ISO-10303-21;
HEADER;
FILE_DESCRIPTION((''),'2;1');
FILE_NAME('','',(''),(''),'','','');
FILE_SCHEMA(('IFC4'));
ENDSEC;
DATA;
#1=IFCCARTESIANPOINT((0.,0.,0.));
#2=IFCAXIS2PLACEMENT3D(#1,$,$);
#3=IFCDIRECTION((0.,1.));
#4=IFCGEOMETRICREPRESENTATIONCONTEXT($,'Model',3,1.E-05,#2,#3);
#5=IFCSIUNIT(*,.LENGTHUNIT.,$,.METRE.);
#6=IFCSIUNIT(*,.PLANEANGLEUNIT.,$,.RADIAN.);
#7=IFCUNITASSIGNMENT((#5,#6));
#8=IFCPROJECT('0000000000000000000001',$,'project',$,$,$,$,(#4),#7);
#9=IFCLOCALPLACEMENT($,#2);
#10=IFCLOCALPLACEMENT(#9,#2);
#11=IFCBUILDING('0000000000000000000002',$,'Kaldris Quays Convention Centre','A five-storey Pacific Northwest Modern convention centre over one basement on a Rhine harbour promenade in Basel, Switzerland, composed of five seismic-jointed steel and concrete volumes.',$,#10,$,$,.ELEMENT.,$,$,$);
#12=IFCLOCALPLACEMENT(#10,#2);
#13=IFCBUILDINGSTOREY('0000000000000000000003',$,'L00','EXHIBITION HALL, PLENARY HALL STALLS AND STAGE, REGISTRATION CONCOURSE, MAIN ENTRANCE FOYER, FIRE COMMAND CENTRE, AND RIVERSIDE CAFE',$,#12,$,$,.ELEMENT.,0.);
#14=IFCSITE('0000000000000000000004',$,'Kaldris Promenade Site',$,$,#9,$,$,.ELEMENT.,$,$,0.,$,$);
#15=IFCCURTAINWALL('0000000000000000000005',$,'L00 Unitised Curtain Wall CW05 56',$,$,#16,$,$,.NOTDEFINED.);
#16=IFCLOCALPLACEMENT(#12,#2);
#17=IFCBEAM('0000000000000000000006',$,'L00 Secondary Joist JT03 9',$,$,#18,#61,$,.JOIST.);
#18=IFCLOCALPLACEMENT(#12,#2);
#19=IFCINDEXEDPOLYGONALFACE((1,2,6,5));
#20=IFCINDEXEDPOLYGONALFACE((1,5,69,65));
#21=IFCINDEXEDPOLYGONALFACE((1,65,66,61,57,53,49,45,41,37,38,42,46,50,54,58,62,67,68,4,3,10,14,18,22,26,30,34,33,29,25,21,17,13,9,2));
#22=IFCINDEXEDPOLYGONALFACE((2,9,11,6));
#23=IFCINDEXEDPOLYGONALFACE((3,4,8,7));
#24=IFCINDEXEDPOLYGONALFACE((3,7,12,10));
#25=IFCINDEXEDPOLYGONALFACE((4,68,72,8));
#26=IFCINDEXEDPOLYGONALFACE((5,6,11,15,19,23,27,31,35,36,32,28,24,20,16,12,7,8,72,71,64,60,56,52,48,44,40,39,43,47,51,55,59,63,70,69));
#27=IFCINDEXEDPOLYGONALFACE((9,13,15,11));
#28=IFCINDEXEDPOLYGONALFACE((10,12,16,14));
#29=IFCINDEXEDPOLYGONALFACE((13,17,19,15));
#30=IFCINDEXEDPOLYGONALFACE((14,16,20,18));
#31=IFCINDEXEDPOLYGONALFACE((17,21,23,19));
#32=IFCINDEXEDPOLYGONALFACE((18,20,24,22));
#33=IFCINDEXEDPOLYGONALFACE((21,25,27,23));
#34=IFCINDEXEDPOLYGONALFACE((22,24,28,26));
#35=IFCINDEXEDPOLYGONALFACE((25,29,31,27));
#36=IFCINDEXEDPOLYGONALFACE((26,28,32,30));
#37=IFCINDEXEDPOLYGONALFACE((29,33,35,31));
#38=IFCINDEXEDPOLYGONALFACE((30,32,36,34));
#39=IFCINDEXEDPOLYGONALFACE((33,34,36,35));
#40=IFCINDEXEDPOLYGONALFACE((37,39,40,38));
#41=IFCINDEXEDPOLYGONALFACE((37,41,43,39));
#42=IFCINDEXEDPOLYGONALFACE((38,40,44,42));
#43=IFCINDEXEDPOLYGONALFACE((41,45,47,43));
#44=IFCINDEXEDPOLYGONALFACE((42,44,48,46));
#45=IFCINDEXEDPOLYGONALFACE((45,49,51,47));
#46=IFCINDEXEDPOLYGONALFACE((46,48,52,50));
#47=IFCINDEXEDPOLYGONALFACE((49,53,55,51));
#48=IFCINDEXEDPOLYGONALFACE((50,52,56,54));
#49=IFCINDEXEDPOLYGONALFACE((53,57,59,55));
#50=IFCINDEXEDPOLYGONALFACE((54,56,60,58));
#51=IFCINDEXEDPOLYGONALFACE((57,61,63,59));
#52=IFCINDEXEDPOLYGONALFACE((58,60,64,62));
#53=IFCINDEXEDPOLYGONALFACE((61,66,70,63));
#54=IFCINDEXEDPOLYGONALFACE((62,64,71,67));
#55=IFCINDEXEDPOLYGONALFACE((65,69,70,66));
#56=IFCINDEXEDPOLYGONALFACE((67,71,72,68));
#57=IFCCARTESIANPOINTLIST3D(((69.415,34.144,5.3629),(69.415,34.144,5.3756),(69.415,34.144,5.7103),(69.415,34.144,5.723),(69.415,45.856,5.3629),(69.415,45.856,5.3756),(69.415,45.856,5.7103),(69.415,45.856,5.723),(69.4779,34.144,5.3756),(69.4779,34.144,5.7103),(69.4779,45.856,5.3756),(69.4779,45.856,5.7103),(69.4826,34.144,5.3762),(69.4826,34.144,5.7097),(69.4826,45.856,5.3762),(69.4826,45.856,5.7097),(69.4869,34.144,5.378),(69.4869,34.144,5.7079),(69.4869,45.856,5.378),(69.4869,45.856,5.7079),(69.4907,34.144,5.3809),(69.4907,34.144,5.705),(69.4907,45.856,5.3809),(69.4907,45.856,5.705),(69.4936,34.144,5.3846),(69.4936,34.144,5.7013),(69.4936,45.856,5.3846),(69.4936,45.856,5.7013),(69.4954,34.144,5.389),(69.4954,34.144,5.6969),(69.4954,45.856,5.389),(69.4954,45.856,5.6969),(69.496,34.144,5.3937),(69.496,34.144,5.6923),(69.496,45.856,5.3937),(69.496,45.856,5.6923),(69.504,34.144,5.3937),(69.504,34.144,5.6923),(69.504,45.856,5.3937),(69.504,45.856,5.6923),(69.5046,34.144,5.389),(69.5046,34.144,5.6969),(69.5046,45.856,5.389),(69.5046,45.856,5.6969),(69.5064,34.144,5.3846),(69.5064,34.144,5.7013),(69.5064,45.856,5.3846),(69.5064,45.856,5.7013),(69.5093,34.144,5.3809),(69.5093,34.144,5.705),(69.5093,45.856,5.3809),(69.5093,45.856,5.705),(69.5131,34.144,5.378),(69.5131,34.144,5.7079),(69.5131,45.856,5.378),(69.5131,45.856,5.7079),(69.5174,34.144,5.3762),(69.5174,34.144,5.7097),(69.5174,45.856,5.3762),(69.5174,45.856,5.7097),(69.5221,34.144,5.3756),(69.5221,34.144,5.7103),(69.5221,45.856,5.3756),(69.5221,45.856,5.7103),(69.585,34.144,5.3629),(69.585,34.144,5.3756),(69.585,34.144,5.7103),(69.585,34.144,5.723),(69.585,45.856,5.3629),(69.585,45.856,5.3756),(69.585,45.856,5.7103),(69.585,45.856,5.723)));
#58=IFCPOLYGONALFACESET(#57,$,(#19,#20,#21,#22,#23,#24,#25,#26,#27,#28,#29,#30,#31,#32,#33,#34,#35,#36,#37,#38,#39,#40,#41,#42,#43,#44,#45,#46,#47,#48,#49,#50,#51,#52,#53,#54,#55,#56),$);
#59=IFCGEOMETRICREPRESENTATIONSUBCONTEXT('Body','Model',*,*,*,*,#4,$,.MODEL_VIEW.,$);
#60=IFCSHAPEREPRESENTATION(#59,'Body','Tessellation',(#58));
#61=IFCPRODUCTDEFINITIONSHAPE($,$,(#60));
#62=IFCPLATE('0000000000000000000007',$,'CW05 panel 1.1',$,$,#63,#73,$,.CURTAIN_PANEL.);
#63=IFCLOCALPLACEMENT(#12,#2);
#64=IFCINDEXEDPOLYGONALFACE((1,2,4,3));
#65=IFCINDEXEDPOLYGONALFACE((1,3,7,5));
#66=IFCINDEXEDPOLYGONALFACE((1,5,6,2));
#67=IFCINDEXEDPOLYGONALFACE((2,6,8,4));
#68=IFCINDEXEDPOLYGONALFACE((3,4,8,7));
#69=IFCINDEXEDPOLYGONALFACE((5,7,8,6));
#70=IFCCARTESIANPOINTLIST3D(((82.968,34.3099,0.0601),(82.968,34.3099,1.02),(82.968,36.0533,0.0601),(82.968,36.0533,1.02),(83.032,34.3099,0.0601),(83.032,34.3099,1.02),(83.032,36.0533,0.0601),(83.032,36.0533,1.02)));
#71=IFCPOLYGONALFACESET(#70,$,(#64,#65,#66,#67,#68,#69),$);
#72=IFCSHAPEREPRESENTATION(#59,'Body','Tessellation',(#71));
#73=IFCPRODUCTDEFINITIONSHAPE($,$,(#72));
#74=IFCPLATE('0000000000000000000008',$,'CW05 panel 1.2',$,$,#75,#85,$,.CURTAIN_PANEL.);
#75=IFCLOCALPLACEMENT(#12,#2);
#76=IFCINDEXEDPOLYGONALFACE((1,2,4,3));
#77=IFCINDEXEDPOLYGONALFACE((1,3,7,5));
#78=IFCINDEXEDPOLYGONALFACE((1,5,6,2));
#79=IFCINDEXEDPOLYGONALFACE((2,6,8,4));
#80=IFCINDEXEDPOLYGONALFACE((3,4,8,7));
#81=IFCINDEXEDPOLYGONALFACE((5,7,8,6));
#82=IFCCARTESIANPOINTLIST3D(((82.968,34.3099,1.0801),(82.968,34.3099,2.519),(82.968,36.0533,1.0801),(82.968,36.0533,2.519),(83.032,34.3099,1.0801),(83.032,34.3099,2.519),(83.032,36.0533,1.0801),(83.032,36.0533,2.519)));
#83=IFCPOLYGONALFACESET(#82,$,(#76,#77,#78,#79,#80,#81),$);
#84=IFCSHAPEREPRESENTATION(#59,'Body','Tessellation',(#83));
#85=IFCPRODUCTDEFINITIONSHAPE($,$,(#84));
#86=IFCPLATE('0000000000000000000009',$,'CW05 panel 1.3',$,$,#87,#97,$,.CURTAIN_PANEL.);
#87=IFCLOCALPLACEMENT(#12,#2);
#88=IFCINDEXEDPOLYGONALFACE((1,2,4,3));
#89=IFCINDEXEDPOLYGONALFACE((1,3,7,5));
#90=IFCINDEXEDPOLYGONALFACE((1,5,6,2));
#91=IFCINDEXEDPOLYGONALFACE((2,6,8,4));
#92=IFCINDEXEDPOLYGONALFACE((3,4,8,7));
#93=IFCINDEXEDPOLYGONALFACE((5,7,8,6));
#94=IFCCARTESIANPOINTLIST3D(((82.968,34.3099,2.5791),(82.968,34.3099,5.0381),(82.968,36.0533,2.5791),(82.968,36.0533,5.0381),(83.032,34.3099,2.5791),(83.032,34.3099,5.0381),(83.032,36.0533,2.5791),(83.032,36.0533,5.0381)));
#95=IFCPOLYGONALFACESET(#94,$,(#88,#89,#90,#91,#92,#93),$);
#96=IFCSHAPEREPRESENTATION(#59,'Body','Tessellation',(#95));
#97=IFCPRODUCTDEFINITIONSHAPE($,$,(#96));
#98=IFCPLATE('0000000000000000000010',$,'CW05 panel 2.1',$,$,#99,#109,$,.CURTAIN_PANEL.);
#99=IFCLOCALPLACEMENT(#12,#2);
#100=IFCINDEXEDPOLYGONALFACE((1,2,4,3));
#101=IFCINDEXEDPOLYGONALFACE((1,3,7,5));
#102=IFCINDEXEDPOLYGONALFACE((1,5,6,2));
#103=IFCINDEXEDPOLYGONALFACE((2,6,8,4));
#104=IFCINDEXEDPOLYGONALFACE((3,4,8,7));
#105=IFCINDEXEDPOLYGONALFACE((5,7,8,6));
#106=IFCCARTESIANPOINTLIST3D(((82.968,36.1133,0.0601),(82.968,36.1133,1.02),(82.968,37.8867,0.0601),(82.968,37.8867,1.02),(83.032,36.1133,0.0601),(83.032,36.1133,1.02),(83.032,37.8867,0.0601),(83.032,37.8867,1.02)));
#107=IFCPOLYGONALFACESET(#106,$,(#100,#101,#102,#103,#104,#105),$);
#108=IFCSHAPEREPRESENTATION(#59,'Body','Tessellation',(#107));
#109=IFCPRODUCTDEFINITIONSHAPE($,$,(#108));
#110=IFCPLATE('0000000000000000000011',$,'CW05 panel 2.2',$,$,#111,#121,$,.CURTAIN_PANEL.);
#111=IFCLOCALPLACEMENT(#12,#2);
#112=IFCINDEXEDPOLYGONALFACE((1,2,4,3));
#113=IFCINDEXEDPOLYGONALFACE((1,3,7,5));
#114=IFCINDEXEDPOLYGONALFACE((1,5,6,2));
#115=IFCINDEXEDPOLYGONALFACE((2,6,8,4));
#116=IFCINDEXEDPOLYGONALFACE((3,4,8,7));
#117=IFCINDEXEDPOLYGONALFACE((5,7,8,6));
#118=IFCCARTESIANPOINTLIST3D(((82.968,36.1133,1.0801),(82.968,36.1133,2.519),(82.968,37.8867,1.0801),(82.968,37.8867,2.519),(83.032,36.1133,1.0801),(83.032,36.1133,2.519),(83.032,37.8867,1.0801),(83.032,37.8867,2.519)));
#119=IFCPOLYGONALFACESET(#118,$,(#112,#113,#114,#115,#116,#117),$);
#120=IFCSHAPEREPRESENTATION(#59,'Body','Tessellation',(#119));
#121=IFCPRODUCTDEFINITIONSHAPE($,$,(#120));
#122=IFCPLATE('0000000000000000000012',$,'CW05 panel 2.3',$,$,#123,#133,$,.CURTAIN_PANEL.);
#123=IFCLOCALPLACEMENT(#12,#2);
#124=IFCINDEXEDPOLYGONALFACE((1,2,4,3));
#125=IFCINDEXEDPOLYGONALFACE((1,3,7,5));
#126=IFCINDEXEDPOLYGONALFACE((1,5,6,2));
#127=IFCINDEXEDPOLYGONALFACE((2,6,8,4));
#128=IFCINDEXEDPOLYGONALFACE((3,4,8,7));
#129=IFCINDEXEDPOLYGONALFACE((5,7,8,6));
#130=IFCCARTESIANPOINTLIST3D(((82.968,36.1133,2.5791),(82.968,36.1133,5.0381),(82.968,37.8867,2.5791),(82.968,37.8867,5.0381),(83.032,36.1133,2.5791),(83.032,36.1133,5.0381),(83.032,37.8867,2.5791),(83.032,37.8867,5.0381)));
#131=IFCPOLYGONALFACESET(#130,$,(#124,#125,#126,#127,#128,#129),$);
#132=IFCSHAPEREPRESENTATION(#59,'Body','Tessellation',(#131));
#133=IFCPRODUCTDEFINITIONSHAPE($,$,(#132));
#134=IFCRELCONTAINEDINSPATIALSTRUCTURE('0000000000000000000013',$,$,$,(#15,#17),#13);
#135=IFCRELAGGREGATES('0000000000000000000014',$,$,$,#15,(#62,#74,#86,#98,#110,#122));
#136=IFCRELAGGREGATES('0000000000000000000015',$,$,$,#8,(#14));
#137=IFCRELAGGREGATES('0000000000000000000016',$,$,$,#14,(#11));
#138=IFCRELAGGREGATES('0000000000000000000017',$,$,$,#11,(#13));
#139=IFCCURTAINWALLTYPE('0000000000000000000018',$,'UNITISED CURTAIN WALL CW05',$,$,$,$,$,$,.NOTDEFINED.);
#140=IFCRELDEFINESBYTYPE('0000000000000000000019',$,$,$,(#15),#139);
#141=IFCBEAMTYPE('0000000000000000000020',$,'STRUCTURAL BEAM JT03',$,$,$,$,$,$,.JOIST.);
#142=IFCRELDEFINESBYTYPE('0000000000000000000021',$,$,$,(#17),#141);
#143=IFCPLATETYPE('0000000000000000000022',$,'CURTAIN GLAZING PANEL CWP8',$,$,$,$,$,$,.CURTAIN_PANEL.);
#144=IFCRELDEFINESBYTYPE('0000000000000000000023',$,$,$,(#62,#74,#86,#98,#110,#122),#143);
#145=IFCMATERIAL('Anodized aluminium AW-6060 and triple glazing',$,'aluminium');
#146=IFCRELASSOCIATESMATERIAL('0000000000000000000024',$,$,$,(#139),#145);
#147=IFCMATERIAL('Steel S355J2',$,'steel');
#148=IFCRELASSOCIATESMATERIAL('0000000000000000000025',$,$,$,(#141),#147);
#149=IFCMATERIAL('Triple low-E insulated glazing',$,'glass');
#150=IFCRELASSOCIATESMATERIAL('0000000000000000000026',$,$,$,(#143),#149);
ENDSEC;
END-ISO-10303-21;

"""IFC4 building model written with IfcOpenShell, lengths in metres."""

from ifc_helpers import new_model, si_unit, direction, frame, origin, origin_2d, place, context, subcontext, project, spatial, rectangle, i_section, extrude, material, material_profile, profile_set, type_object, element, aggregate, save


model = new_model("IFC4")

# Units and contexts
model_context = context("Model", 3, precision=1e-05, world=origin(), true_north=direction((0.0, 1.0)))
body_context = subcontext(model_context, "Body", "Model", "MODEL_VIEW")
ifc_project = project(units=[si_unit("LENGTHUNIT", "METRE"), si_unit("PLANEANGLEUNIT", "RADIAN")], contexts=[model_context])

# Site, building, storey
site_placement = place(None, origin())
site = spatial("IfcSite", under=ifc_project, at=site_placement, Name="Kaldris Promenade Site", CompositionType="ELEMENT", RefElevation=0.0)
building_placement = place(site_placement, origin())
building = spatial("IfcBuilding", under=site, at=building_placement, Name="Kaldris Quays Convention Centre", Description="A five-storey Pacific Northwest Modern convention centre over one basement on a Rhine harbour promenade in Basel, Switzerland, composed of five seismic-jointed steel and concrete volumes.", CompositionType="ELEMENT")
storey_placement = place(building_placement, origin())
storey = spatial("IfcBuildingStorey", under=building, at=storey_placement, Name="L00", Description="EXHIBITION HALL, PLENARY HALL STALLS AND STAGE, REGISTRATION CONCOURSE, MAIN ENTRANCE FOYER, FIRE COMMAND CENTRE, AND RIVERSIDE CAFE", CompositionType="ELEMENT", Elevation=0.0)

# Curtain wall
ifc_material_1 = material(Name="Anodized aluminium AW-6060 and triple glazing", Category="aluminium")
curtain_wall_type = type_object("IfcCurtainWallType", Name="UNITISED CURTAIN WALL CW05", PredefinedType="NOTDEFINED", material=ifc_material_1)
curtain_wall_placement = place(storey_placement, origin())
curtain_wall = element("IfcCurtainWall", 1, at=curtain_wall_placement, inside=storey, type_object=curtain_wall_type, Name="L00 Unitised Curtain Wall CW05 56", PredefinedType="NOTDEFINED")

# Beam
ifc_material_2 = material(Name="Steel S355J2", Category="steel")
ifc_material_profile_1 = material_profile(ifc_material_2, i_section(OverallWidth=0.1699, OverallDepth=0.3601, WebThickness=0.0081, FlangeThickness=0.0127, FilletRadius=0.0181, at=origin_2d()), Name="IPE 360")
ifc_profile_set_1 = profile_set([ifc_material_profile_1], Name="Steel S355J2")
beam_type_1 = type_object("IfcBeamType", Name="STRUCTURAL BEAM JT03", PredefinedType="JOIST", material=ifc_profile_set_1)
beam_1_placement = place(storey_placement, frame((69.5, 34.144, 5.543), z_axis=(0.0, 1.0, 0.0), x_axis=(-1.0, 0.0, 0.0)))
element("IfcBeam", 2, at=beam_1_placement, inside=storey, type_object=beam_type_1, Name="L00 Secondary Joist JT03 9", PredefinedType="JOIST", context=body_context, shape_type="SweptSolid", body=[
    extrude(i_section(OverallWidth=0.1699, OverallDepth=0.3601, WebThickness=0.0081, FlangeThickness=0.0127, FilletRadius=0.0181, at=origin_2d()), origin(), (0.0, 0.0, 1.0), 11.7119),
])

# Plates
ifc_material_3 = material(Name="Triple low-E insulated glazing", Category="glass")
plate_type = type_object("IfcPlateType", Name="CURTAIN GLAZING PANEL CWP8", PredefinedType="CURTAIN_PANEL", material=ifc_material_3)
plate_1_placement = place(storey_placement, frame((83.0, 35.1816, 0.0601), z_axis=(0.0, 0.0, 1.0), x_axis=(0.0, 1.0, 0.0)))
plate_1 = element("IfcPlate", 3, at=plate_1_placement, type_object=plate_type, Name="CW05 panel 1.1", PredefinedType="CURTAIN_PANEL", context=body_context, shape_type="SweptSolid", body=[
    extrude(rectangle(XDim=1.7434, YDim=0.064, at=origin_2d()), origin(), (0.0, 0.0, 1.0), 0.96),
])
plate_2_placement = place(storey_placement, frame((83.0, 35.1816, 1.0801), z_axis=(0.0, 0.0, 1.0), x_axis=(0.0, 1.0, 0.0)))
plate_2 = element("IfcPlate", 4, at=plate_2_placement, type_object=plate_type, Name="CW05 panel 1.2", PredefinedType="CURTAIN_PANEL", context=body_context, shape_type="SweptSolid", body=[
    extrude(rectangle(XDim=1.7434, YDim=0.064, at=origin_2d()), origin(), (0.0, 0.0, 1.0), 1.439),
])
plate_3_placement = place(storey_placement, frame((83.0, 35.1816, 2.5791), z_axis=(0.0, 0.0, 1.0), x_axis=(0.0, 1.0, 0.0)))
plate_3 = element("IfcPlate", 5, at=plate_3_placement, type_object=plate_type, Name="CW05 panel 1.3", PredefinedType="CURTAIN_PANEL", context=body_context, shape_type="SweptSolid", body=[
    extrude(rectangle(XDim=1.7434, YDim=0.064, at=origin_2d()), origin(), (0.0, 0.0, 1.0), 2.459),
])
plate_4_placement = place(storey_placement, frame((83.0, 37.0, 0.0601), z_axis=(0.0, 0.0, 1.0), x_axis=(0.0, 1.0, 0.0)))
plate_4 = element("IfcPlate", 6, at=plate_4_placement, type_object=plate_type, Name="CW05 panel 2.1", PredefinedType="CURTAIN_PANEL", context=body_context, shape_type="SweptSolid", body=[
    extrude(rectangle(XDim=1.7734, YDim=0.064, at=origin_2d()), origin(), (0.0, 0.0, 1.0), 0.96),
])
plate_5_placement = place(storey_placement, frame((83.0, 37.0, 1.0801), z_axis=(0.0, 0.0, 1.0), x_axis=(0.0, 1.0, 0.0)))
plate_5 = element("IfcPlate", 7, at=plate_5_placement, type_object=plate_type, Name="CW05 panel 2.2", PredefinedType="CURTAIN_PANEL", context=body_context, shape_type="SweptSolid", body=[
    extrude(rectangle(XDim=1.7734, YDim=0.064, at=origin_2d()), origin(), (0.0, 0.0, 1.0), 1.439),
])
plate_6_placement = place(storey_placement, frame((83.0, 37.0, 2.5791), z_axis=(0.0, 0.0, 1.0), x_axis=(0.0, 1.0, 0.0)))
plate_6 = element("IfcPlate", 8, at=plate_6_placement, type_object=plate_type, Name="CW05 panel 2.3", PredefinedType="CURTAIN_PANEL", context=body_context, shape_type="SweptSolid", body=[
    extrude(rectangle(XDim=1.7734, YDim=0.064, at=origin_2d()), origin(), (0.0, 0.0, 1.0), 2.459),
])
aggregate(curtain_wall, [plate_1, plate_2, plate_3, plate_4, plate_5, plate_6])

save(model, "model.ifc")
